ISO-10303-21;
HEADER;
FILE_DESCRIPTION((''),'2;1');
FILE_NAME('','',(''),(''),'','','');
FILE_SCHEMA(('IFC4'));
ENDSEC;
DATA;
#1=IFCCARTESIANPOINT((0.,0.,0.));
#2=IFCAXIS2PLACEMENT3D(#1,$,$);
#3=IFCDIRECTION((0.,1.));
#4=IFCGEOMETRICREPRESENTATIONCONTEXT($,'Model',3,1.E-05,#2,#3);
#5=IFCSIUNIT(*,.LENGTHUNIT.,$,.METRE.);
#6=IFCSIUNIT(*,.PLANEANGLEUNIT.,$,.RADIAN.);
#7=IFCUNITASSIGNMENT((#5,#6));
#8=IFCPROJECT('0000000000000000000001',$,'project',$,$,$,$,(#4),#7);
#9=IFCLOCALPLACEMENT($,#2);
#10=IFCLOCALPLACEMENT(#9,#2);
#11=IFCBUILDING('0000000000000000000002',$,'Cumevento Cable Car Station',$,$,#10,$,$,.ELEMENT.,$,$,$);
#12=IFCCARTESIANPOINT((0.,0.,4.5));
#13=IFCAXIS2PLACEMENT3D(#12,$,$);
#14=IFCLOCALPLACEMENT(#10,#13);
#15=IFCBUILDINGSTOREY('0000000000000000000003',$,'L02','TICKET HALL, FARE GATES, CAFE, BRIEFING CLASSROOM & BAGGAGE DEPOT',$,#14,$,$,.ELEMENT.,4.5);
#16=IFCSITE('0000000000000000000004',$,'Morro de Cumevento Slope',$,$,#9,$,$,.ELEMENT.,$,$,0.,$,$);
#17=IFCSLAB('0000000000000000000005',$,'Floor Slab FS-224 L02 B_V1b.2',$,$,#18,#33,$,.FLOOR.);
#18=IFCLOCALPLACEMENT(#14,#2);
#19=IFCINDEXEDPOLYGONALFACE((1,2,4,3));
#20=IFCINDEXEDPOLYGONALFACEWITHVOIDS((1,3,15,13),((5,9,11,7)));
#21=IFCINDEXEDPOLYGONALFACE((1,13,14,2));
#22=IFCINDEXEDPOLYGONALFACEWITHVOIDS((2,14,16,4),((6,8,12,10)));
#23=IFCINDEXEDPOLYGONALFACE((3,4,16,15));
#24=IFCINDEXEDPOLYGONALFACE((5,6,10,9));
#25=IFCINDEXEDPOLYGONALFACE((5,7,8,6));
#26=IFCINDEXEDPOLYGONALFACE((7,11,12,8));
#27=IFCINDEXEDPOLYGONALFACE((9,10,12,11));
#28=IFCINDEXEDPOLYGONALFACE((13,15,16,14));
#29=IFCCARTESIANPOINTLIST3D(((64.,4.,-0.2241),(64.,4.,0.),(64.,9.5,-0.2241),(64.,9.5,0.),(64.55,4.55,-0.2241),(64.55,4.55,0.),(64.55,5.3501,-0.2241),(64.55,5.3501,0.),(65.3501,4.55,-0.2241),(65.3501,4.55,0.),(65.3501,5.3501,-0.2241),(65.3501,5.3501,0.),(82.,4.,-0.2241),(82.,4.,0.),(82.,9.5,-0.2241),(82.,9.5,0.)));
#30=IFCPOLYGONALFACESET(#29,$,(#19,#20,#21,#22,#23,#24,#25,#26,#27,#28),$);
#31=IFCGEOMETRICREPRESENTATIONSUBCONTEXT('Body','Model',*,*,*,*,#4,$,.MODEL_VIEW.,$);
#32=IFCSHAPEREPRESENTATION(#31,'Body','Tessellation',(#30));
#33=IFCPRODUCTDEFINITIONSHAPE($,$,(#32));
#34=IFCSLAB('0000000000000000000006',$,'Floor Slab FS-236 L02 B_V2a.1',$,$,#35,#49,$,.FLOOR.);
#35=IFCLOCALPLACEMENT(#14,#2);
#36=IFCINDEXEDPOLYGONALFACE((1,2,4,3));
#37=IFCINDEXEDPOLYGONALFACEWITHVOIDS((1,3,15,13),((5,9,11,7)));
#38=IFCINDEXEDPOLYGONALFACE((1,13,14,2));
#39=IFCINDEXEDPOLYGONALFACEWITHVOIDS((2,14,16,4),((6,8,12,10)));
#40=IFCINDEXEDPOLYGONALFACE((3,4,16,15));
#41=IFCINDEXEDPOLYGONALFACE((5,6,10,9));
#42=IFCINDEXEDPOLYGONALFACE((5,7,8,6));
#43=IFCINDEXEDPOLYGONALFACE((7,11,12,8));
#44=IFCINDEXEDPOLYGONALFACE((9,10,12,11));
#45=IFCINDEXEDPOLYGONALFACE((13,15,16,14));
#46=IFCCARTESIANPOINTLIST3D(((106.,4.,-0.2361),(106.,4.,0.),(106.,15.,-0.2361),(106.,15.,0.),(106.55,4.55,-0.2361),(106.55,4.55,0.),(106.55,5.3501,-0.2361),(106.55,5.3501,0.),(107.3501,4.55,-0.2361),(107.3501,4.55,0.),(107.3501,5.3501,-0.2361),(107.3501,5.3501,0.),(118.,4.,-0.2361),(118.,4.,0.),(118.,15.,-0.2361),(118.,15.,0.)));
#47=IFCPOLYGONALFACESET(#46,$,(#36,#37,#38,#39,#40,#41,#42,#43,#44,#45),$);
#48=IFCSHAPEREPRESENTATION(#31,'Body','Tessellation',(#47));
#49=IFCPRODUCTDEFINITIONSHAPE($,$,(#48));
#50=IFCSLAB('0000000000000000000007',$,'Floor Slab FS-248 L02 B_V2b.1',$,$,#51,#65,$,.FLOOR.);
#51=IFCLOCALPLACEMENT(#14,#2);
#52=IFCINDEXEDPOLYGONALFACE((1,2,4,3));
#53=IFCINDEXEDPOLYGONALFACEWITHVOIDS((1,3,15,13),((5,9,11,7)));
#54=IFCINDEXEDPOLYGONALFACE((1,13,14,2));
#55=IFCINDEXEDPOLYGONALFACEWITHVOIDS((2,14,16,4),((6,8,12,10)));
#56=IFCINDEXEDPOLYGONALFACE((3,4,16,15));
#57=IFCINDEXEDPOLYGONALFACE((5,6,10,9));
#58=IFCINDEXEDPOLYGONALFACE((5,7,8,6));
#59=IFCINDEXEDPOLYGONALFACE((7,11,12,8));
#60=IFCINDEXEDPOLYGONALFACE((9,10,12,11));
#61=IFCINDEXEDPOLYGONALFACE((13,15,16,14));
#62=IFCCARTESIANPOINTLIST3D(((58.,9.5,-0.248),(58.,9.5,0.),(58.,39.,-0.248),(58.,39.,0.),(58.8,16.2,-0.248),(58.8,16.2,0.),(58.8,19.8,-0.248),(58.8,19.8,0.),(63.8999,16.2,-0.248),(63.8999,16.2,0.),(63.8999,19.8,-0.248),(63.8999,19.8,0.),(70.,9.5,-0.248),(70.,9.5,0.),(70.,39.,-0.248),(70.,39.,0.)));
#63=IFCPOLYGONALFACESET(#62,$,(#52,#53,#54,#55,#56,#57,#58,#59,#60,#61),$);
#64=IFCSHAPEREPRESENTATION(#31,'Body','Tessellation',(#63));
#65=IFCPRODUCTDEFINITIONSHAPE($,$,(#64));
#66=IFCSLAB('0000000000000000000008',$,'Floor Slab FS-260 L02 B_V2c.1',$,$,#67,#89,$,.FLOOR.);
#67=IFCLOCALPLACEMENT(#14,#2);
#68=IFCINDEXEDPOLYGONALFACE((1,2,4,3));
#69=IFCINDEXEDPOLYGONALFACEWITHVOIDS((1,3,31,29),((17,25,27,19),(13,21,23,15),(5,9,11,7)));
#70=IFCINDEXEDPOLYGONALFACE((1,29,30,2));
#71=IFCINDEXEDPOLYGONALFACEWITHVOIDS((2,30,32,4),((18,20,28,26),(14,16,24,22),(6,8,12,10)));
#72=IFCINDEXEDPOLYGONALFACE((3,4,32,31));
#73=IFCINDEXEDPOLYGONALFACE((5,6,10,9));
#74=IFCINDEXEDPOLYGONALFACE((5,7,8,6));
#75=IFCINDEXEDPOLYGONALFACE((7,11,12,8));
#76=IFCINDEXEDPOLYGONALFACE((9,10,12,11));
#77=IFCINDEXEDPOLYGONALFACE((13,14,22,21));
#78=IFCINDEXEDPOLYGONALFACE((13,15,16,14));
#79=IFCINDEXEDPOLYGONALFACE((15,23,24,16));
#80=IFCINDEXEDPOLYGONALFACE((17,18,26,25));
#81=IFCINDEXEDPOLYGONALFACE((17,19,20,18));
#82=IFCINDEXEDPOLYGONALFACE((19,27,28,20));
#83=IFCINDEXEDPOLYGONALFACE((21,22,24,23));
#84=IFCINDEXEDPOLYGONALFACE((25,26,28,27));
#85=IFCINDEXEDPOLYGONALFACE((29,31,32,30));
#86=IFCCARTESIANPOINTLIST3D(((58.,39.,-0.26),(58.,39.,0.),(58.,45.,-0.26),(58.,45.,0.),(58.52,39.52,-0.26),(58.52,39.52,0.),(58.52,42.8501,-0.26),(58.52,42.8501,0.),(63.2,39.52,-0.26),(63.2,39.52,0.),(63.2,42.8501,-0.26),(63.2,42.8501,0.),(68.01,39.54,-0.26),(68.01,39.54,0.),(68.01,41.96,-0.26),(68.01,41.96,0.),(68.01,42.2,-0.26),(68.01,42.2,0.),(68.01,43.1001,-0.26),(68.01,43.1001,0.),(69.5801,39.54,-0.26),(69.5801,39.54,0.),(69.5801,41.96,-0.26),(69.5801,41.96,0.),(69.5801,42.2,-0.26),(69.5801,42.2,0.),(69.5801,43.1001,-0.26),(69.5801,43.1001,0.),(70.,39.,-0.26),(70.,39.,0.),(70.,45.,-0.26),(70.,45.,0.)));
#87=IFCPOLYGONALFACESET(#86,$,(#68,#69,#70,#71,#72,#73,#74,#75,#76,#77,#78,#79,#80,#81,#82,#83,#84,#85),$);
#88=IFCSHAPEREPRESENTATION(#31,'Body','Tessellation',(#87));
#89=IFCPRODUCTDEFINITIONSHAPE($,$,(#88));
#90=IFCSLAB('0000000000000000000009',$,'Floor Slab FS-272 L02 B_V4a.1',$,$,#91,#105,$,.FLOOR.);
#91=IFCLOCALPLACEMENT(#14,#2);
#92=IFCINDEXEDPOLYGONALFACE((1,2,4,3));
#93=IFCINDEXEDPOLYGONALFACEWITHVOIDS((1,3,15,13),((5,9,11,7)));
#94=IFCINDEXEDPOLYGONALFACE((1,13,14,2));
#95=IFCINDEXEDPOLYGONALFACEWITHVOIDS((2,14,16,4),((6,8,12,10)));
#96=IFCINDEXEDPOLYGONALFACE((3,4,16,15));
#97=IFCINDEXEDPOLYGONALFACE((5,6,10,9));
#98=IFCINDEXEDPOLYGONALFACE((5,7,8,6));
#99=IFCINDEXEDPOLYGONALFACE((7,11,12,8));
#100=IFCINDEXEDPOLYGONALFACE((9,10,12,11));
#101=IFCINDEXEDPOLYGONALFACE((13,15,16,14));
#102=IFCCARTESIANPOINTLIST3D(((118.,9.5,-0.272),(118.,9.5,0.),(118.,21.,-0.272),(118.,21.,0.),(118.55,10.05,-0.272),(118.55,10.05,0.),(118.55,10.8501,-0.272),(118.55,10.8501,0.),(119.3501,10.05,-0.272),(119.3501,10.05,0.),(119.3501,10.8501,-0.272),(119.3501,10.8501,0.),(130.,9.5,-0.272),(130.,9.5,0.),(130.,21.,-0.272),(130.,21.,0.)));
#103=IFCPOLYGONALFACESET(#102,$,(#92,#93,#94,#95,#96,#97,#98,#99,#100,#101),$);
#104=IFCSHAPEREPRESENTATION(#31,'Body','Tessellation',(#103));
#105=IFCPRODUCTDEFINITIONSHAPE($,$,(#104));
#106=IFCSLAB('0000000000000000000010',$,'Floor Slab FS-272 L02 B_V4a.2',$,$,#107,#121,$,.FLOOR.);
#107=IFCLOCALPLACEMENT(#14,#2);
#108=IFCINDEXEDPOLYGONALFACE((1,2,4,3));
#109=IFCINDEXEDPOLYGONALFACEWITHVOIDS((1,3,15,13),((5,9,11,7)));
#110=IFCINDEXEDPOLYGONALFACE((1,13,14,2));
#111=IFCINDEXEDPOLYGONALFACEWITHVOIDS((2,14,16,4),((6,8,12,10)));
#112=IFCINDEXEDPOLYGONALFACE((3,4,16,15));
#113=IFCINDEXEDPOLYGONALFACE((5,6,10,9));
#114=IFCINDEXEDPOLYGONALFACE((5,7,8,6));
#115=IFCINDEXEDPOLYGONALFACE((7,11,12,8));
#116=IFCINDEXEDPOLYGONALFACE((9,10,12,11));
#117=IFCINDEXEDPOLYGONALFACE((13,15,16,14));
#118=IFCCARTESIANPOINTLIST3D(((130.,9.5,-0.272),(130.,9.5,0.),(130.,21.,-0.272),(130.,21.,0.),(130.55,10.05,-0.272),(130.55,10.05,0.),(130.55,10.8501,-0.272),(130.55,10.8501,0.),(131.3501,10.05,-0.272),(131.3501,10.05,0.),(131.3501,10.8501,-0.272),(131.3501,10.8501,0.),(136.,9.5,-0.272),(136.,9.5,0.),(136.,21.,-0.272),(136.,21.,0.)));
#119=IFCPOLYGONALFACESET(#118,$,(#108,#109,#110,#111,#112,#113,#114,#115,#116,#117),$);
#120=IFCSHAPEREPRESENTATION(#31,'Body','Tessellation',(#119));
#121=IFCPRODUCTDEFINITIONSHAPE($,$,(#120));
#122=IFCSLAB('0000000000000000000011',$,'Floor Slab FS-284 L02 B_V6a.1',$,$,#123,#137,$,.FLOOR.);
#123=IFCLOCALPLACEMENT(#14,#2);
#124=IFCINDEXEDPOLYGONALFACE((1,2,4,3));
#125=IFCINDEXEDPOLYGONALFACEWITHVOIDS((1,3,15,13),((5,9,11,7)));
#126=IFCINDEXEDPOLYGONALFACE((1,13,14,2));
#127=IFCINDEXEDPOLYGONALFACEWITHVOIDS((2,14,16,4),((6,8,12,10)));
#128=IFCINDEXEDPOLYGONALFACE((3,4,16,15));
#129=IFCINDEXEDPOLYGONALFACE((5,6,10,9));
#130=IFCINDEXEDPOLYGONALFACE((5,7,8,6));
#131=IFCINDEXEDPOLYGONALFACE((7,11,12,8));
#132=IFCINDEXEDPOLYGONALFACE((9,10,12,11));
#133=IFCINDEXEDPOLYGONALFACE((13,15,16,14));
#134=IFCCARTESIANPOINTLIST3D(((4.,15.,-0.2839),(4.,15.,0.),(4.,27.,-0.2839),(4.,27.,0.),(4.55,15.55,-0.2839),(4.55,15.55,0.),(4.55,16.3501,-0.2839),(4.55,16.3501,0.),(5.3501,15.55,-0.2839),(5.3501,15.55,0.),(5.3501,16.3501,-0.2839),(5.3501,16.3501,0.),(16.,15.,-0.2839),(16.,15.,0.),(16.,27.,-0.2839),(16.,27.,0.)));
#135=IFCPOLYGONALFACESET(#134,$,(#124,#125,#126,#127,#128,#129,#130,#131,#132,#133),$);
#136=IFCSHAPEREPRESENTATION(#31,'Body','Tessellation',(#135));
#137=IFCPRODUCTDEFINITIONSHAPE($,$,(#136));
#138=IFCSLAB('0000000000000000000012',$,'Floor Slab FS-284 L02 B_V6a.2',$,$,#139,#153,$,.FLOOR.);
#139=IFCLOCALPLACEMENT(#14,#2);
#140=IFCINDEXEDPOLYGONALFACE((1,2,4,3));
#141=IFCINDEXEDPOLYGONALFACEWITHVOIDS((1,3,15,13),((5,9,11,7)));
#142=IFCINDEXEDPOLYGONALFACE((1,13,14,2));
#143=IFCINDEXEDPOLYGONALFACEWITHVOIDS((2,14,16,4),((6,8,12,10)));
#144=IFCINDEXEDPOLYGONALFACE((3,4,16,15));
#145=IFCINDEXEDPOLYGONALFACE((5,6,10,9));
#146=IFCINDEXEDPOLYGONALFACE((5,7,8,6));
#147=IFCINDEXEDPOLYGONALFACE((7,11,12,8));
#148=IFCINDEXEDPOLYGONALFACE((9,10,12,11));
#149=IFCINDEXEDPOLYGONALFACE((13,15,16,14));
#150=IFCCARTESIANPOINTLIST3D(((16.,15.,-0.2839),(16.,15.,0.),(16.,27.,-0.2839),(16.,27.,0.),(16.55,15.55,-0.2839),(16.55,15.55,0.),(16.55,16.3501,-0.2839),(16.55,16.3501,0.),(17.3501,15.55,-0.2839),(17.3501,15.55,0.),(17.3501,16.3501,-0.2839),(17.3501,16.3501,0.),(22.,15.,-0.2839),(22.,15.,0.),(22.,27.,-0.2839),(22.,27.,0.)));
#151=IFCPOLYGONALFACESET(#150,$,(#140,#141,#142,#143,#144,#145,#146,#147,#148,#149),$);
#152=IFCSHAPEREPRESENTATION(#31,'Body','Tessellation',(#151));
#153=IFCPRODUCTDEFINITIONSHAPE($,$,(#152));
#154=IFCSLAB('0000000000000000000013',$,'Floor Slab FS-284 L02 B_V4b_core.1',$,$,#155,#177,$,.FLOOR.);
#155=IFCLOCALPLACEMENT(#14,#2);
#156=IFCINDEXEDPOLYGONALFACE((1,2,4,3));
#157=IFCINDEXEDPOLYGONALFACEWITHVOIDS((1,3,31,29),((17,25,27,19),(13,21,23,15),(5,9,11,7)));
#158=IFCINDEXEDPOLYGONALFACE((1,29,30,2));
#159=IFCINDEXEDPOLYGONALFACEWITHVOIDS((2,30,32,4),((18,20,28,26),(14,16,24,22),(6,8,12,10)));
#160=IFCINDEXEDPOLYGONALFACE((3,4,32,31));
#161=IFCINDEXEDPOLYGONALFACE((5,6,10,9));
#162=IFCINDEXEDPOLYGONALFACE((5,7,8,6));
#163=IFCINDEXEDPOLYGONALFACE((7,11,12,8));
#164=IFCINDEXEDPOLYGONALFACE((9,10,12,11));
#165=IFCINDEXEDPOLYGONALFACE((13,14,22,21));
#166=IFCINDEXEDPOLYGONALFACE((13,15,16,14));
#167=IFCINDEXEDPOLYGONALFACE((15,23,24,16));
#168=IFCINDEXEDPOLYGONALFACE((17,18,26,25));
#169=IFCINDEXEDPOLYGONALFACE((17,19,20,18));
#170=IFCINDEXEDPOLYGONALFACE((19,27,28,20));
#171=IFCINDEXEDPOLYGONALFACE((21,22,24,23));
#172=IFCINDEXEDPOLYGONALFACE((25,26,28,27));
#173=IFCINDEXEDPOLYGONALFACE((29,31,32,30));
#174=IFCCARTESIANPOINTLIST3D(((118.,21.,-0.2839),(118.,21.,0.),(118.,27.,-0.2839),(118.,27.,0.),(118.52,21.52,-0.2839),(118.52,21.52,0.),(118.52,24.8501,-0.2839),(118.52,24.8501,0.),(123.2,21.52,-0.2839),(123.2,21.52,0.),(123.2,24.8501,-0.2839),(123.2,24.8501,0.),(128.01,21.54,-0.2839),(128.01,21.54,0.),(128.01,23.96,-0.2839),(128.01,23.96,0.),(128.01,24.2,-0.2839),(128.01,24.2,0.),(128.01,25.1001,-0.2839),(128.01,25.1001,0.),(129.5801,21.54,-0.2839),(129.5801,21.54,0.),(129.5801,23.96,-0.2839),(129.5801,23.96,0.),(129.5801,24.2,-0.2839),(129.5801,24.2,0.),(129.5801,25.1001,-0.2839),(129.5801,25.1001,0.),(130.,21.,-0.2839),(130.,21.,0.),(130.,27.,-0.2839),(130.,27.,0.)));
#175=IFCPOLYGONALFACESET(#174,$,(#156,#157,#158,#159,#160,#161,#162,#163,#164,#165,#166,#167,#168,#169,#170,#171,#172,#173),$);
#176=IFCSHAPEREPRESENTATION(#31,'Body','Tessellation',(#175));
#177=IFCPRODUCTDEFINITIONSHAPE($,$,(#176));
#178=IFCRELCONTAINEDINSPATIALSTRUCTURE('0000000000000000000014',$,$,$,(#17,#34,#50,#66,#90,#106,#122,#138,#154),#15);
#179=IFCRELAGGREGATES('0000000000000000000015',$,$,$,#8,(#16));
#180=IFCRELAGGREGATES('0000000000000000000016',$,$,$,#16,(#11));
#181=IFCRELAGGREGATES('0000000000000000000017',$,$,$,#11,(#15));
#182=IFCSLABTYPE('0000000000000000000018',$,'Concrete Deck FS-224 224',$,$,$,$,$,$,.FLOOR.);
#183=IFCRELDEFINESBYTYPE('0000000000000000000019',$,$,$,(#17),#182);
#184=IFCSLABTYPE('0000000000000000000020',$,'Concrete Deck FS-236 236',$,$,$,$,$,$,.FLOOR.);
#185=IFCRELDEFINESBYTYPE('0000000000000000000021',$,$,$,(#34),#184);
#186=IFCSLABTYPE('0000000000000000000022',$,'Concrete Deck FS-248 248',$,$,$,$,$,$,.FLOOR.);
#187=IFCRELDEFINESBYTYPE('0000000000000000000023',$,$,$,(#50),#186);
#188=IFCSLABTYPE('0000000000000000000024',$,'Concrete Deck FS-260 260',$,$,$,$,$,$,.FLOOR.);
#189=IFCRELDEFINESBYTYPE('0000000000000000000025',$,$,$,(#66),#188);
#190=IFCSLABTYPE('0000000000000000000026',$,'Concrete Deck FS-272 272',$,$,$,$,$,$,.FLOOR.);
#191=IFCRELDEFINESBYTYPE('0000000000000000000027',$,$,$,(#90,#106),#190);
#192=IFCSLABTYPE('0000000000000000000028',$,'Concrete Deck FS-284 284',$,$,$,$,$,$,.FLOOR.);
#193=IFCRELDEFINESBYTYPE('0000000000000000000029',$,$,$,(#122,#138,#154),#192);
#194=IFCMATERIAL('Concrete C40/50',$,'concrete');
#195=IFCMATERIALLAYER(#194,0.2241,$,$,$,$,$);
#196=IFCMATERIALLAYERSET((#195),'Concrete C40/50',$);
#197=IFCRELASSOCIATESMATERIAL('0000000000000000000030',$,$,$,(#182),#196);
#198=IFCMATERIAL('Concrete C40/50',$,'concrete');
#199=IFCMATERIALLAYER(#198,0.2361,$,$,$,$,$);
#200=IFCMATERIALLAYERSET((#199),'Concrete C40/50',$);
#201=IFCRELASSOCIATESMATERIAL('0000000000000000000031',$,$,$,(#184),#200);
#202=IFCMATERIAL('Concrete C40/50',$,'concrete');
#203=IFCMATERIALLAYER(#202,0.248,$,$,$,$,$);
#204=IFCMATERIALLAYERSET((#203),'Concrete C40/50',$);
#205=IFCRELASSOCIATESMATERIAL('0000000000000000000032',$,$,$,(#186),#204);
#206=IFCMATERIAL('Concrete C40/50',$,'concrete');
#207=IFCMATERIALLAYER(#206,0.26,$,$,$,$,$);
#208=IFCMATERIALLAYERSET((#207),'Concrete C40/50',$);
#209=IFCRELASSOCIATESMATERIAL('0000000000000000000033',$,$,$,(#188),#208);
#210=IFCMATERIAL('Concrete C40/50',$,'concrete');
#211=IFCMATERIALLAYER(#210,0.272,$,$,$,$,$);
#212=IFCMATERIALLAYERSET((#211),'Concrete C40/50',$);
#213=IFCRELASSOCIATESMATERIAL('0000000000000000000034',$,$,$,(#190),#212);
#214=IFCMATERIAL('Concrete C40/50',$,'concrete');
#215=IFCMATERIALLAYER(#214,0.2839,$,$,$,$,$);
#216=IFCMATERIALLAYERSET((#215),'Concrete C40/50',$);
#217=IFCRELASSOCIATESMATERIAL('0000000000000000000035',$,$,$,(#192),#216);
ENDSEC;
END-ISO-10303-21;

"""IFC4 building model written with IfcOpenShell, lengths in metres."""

from ifc_helpers import new_model, si_unit, direction, frame, origin, place, context, subcontext, project, spatial, polyline, outline, extrude, material, layer, layer_set, type_object, element, save


model = new_model("IFC4")

# Units and contexts
model_context = context("Model", 3, precision=1e-05, world=origin(), true_north=direction((0.0, 1.0)))
body_context = subcontext(model_context, "Body", "Model", "MODEL_VIEW")
ifc_project = project(units=[si_unit("LENGTHUNIT", "METRE"), si_unit("PLANEANGLEUNIT", "RADIAN")], contexts=[model_context])

# Site, building, storey
site_placement = place(None, origin())
site = spatial("IfcSite", under=ifc_project, at=site_placement, Name="Morro de Cumevento Slope", CompositionType="ELEMENT", RefElevation=0.0)
building_placement = place(site_placement, origin())
building = spatial("IfcBuilding", under=site, at=building_placement, Name="Cumevento Cable Car Station", CompositionType="ELEMENT")
storey_placement = place(building_placement, frame((0.0, 0.0, 4.5)))
storey = spatial("IfcBuildingStorey", under=building, at=storey_placement, Name="L02", Description="TICKET HALL, FARE GATES, CAFE, BRIEFING CLASSROOM & BAGGAGE DEPOT", CompositionType="ELEMENT", Elevation=4.5)

# Slabs
ifc_material_1 = material(Name="Concrete C40/50", Category="concrete")
ifc_layer_1 = layer(ifc_material_1, 0.2241)
ifc_layer_set_1 = layer_set([ifc_layer_1], Name="Concrete C40/50")
slab_type_1 = type_object("IfcSlabType", Name="Concrete Deck FS-224 224", PredefinedType="FLOOR", material=ifc_layer_set_1)
slab_1_placement = place(storey_placement, frame((0.0, 0.0, -0.2241)))
element("IfcSlab", 1, at=slab_1_placement, inside=storey, type_object=slab_type_1, Name="Floor Slab FS-224 L02 B_V1b.2", PredefinedType="FLOOR", context=body_context, shape_type="SweptSolid", body=[
    extrude(outline(polyline([(64.0, 4.0), (82.0, 4.0), (82.0, 9.5), (64.0, 9.5), (64.0, 4.0)]), holes=[polyline([(64.55, 4.55), (65.3501, 4.55), (65.3501, 5.3501), (64.55, 5.3501), (64.55, 4.55)])]), origin(), (0.0, 0.0, 1.0), 0.2241),
])
ifc_material_2 = material(Name="Concrete C40/50", Category="concrete")
ifc_layer_2 = layer(ifc_material_2, 0.2361)
ifc_layer_set_2 = layer_set([ifc_layer_2], Name="Concrete C40/50")
slab_type_2 = type_object("IfcSlabType", Name="Concrete Deck FS-236 236", PredefinedType="FLOOR", material=ifc_layer_set_2)
slab_2_placement = place(storey_placement, frame((0.0, 0.0, -0.2361)))
element("IfcSlab", 2, at=slab_2_placement, inside=storey, type_object=slab_type_2, Name="Floor Slab FS-236 L02 B_V2a.1", PredefinedType="FLOOR", context=body_context, shape_type="SweptSolid", body=[
    extrude(outline(polyline([(106.0, 4.0), (118.0, 4.0), (118.0, 15.0), (106.0, 15.0), (106.0, 4.0)]), holes=[polyline([(106.55, 4.55), (107.3501, 4.55), (107.3501, 5.3501), (106.55, 5.3501), (106.55, 4.55)])]), origin(), (0.0, 0.0, 1.0), 0.2361),
])
ifc_material_3 = material(Name="Concrete C40/50", Category="concrete")
ifc_layer_3 = layer(ifc_material_3, 0.248)
ifc_layer_set_3 = layer_set([ifc_layer_3], Name="Concrete C40/50")
slab_type_3 = type_object("IfcSlabType", Name="Concrete Deck FS-248 248", PredefinedType="FLOOR", material=ifc_layer_set_3)
slab_3_placement = place(storey_placement, frame((0.0, 0.0, -0.248)))
element("IfcSlab", 3, at=slab_3_placement, inside=storey, type_object=slab_type_3, Name="Floor Slab FS-248 L02 B_V2b.1", PredefinedType="FLOOR", context=body_context, shape_type="SweptSolid", body=[
    extrude(outline(polyline([(58.0, 9.5), (70.0, 9.5), (70.0, 39.0), (58.0, 39.0), (58.0, 9.5)]), holes=[polyline([(58.8, 16.2), (63.8999, 16.2), (63.8999, 19.8), (58.8, 19.8), (58.8, 16.2)])]), origin(), (0.0, 0.0, 1.0), 0.248),
])
ifc_material_4 = material(Name="Concrete C40/50", Category="concrete")
ifc_layer_4 = layer(ifc_material_4, 0.26)
ifc_layer_set_4 = layer_set([ifc_layer_4], Name="Concrete C40/50")
slab_type_4 = type_object("IfcSlabType", Name="Concrete Deck FS-260 260", PredefinedType="FLOOR", material=ifc_layer_set_4)
slab_4_placement = place(storey_placement, frame((0.0, 0.0, -0.26)))
element("IfcSlab", 4, at=slab_4_placement, inside=storey, type_object=slab_type_4, Name="Floor Slab FS-260 L02 B_V2c.1", PredefinedType="FLOOR", context=body_context, shape_type="SweptSolid", body=[
    extrude(outline(polyline([(58.0, 39.0), (70.0, 39.0), (70.0, 45.0), (58.0, 45.0), (58.0, 39.0)]), holes=[polyline([(68.01, 39.54), (69.5801, 39.54), (69.5801, 41.96), (68.01, 41.96), (68.01, 39.54)]), polyline([(58.52, 39.52), (63.2, 39.52), (63.2, 42.8501), (58.52, 42.8501), (58.52, 39.52)]), polyline([(68.01, 42.2), (69.5801, 42.2), (69.5801, 43.1001), (68.01, 43.1001), (68.01, 42.2)])]), origin(), (0.0, 0.0, 1.0), 0.26),
])
ifc_material_5 = material(Name="Concrete C40/50", Category="concrete")
ifc_layer_5 = layer(ifc_material_5, 0.272)
ifc_layer_set_5 = layer_set([ifc_layer_5], Name="Concrete C40/50")
slab_type_5 = type_object("IfcSlabType", Name="Concrete Deck FS-272 272", PredefinedType="FLOOR", material=ifc_layer_set_5)
slab_5_placement = place(storey_placement, frame((0.0, 0.0, -0.272)))
element("IfcSlab", 5, at=slab_5_placement, inside=storey, type_object=slab_type_5, Name="Floor Slab FS-272 L02 B_V4a.1", PredefinedType="FLOOR", context=body_context, shape_type="SweptSolid", body=[
    extrude(outline(polyline([(118.0, 9.5), (130.0, 9.5), (130.0, 21.0), (118.0, 21.0), (118.0, 9.5)]), holes=[polyline([(118.55, 10.05), (119.3501, 10.05), (119.3501, 10.8501), (118.55, 10.8501), (118.55, 10.05)])]), origin(), (0.0, 0.0, 1.0), 0.272),
])
slab_6_placement = place(storey_placement, frame((0.0, 0.0, -0.272)))
element("IfcSlab", 6, at=slab_6_placement, inside=storey, type_object=slab_type_5, Name="Floor Slab FS-272 L02 B_V4a.2", PredefinedType="FLOOR", context=body_context, shape_type="SweptSolid", body=[
    extrude(outline(polyline([(130.0, 9.5), (136.0, 9.5), (136.0, 21.0), (130.0, 21.0), (130.0, 9.5)]), holes=[polyline([(130.55, 10.05), (131.3501, 10.05), (131.3501, 10.8501), (130.55, 10.8501), (130.55, 10.05)])]), origin(), (0.0, 0.0, 1.0), 0.272),
])
ifc_material_6 = material(Name="Concrete C40/50", Category="concrete")
ifc_layer_6 = layer(ifc_material_6, 0.2839)
ifc_layer_set_6 = layer_set([ifc_layer_6], Name="Concrete C40/50")
slab_type_6 = type_object("IfcSlabType", Name="Concrete Deck FS-284 284", PredefinedType="FLOOR", material=ifc_layer_set_6)
slab_7_placement = place(storey_placement, frame((0.0, 0.0, -0.2839)))
element("IfcSlab", 7, at=slab_7_placement, inside=storey, type_object=slab_type_6, Name="Floor Slab FS-284 L02 B_V6a.1", PredefinedType="FLOOR", context=body_context, shape_type="SweptSolid", body=[
    extrude(outline(polyline([(4.0, 15.0), (16.0, 15.0), (16.0, 27.0), (4.0, 27.0), (4.0, 15.0)]), holes=[polyline([(4.55, 15.55), (5.3501, 15.55), (5.3501, 16.3501), (4.55, 16.3501), (4.55, 15.55)])]), origin(), (0.0, 0.0, 1.0), 0.2839),
])
slab_8_placement = place(storey_placement, frame((0.0, 0.0, -0.2839)))
element("IfcSlab", 8, at=slab_8_placement, inside=storey, type_object=slab_type_6, Name="Floor Slab FS-284 L02 B_V6a.2", PredefinedType="FLOOR", context=body_context, shape_type="SweptSolid", body=[
    extrude(outline(polyline([(16.0, 15.0), (22.0, 15.0), (22.0, 27.0), (16.0, 27.0), (16.0, 15.0)]), holes=[polyline([(16.55, 15.55), (17.3501, 15.55), (17.3501, 16.3501), (16.55, 16.3501), (16.55, 15.55)])]), origin(), (0.0, 0.0, 1.0), 0.2839),
])
slab_9_placement = place(storey_placement, frame((0.0, 0.0, -0.2839)))
element("IfcSlab", 9, at=slab_9_placement, inside=storey, type_object=slab_type_6, Name="Floor Slab FS-284 L02 B_V4b_core.1", PredefinedType="FLOOR", context=body_context, shape_type="SweptSolid", body=[
    extrude(outline(polyline([(118.0, 21.0), (130.0, 21.0), (130.0, 27.0), (118.0, 27.0), (118.0, 21.0)]), holes=[polyline([(128.01, 21.54), (129.5801, 21.54), (129.5801, 23.96), (128.01, 23.96), (128.01, 21.54)]), polyline([(118.52, 21.52), (123.2, 21.52), (123.2, 24.8501), (118.52, 24.8501), (118.52, 21.52)]), polyline([(128.01, 24.2), (129.5801, 24.2), (129.5801, 25.1001), (128.01, 25.1001), (128.01, 24.2)])]), origin(), (0.0, 0.0, 1.0), 0.2839),
])

save(model, "model.ifc")
